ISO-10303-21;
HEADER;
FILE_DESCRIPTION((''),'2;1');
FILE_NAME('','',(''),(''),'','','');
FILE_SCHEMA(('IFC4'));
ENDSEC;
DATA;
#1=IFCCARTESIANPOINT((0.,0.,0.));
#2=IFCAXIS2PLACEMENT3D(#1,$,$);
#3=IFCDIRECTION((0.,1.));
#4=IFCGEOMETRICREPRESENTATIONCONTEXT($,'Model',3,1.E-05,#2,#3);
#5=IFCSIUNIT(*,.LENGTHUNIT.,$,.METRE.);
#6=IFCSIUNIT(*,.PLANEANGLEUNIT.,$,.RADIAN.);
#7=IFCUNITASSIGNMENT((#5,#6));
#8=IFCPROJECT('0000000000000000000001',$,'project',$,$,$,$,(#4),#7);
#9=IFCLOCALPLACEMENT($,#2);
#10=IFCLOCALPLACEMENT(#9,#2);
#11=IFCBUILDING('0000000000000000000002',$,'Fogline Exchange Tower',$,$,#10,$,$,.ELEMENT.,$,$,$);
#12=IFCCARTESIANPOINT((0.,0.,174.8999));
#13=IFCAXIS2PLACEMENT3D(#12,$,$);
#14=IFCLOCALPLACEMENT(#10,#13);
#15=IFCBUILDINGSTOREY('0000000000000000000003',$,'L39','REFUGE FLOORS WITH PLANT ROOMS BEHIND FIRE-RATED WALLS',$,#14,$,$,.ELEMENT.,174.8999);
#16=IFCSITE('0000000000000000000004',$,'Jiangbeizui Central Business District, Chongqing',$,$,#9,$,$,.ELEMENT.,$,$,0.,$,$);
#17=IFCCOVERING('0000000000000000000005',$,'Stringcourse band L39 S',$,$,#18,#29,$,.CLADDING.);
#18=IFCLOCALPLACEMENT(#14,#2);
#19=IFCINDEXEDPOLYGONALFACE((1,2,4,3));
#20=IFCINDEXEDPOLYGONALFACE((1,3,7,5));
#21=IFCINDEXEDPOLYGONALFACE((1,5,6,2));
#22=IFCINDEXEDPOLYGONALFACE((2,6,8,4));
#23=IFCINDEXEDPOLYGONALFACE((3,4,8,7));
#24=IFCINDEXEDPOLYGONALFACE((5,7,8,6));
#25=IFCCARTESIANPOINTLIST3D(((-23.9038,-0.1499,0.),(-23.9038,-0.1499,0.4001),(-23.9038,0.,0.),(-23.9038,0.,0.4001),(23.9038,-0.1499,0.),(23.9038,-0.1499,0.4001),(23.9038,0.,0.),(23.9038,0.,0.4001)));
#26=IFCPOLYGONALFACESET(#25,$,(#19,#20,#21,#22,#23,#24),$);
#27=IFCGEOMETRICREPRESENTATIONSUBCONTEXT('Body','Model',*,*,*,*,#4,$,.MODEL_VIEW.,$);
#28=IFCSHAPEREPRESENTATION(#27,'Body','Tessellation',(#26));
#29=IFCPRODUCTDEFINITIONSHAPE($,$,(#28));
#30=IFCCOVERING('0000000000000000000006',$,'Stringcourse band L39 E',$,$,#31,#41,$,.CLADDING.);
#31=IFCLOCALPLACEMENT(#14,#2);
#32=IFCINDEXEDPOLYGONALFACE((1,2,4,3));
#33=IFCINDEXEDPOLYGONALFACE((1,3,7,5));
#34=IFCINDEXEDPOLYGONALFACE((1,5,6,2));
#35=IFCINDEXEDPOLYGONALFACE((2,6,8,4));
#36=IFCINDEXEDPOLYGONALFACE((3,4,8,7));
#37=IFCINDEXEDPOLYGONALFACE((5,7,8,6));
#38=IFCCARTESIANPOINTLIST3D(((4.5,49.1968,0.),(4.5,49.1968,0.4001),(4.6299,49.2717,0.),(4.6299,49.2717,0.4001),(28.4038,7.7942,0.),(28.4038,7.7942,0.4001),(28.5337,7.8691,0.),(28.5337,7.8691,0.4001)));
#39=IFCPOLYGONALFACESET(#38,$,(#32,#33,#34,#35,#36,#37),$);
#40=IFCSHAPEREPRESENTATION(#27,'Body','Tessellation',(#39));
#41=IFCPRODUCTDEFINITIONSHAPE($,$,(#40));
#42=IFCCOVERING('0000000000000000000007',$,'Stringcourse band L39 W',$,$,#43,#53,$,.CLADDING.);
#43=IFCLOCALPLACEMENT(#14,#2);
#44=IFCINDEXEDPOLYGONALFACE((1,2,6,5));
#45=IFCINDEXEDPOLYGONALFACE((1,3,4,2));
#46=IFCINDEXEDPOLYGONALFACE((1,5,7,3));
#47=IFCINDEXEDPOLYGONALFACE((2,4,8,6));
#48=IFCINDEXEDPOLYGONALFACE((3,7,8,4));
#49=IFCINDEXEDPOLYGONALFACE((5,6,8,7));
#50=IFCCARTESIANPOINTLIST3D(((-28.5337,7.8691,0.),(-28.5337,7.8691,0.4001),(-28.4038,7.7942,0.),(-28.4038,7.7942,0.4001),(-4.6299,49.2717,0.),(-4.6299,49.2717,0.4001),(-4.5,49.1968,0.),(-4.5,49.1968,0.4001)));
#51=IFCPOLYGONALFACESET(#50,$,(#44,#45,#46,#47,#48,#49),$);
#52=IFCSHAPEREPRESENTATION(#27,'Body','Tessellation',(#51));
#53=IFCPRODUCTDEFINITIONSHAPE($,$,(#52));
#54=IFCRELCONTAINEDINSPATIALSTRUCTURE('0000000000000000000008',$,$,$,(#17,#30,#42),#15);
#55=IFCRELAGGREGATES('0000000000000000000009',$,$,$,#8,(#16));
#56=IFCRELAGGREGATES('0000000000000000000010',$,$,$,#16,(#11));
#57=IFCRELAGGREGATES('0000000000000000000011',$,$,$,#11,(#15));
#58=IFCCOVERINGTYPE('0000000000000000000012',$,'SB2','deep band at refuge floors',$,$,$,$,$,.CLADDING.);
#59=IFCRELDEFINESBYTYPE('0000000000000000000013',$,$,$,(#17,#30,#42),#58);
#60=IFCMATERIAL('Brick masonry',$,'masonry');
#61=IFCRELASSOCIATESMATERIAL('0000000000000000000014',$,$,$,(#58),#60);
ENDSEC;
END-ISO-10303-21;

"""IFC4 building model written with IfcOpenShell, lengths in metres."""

from ifc_helpers import new_model, si_unit, direction, frame, origin, place, context, subcontext, project, spatial, polyline, outline, extrude, material, type_object, element, save


model = new_model("IFC4")

# Units and contexts
model_context = context("Model", 3, precision=1e-05, world=origin(), true_north=direction((0.0, 1.0)))
body_context = subcontext(model_context, "Body", "Model", "MODEL_VIEW")
ifc_project = project(units=[si_unit("LENGTHUNIT", "METRE"), si_unit("PLANEANGLEUNIT", "RADIAN")], contexts=[model_context])

# Site, building, storey
site_placement = place(None, origin())
site = spatial("IfcSite", under=ifc_project, at=site_placement, Name="Jiangbeizui Central Business District, Chongqing", CompositionType="ELEMENT", RefElevation=0.0)
building_placement = place(site_placement, origin())
building = spatial("IfcBuilding", under=site, at=building_placement, Name="Fogline Exchange Tower", CompositionType="ELEMENT")
storey_placement = place(building_placement, frame((0.0, 0.0, 174.8999)))
storey = spatial("IfcBuildingStorey", under=building, at=storey_placement, Name="L39", Description="REFUGE FLOORS WITH PLANT ROOMS BEHIND FIRE-RATED WALLS", CompositionType="ELEMENT", Elevation=174.8999)

# Shared definitions
ifc_material_1 = material(Name="Brick masonry", Category="masonry")

# Coverings
covering_type_1 = type_object("IfcCoveringType", Name="SB2", Description="deep band at refuge floors", PredefinedType="CLADDING", material=ifc_material_1)
covering_1_placement = place(storey_placement, origin())
element("IfcCovering", 1, at=covering_1_placement, inside=storey, type_object=covering_type_1, Name="Stringcourse band L39 S", PredefinedType="CLADDING", context=body_context, shape_type="SweptSolid", body=[
    extrude(outline(polyline([(-23.9038, 0.0), (-23.9038, -0.1499), (23.9038, -0.1499), (23.9038, 0.0), (-23.9038, 0.0)])), origin(), (0.0, 0.0, 1.0), 0.4001),
])
covering_2_placement = place(storey_placement, origin())
element("IfcCovering", 2, at=covering_2_placement, inside=storey, type_object=covering_type_1, Name="Stringcourse band L39 E", PredefinedType="CLADDING", context=body_context, shape_type="SweptSolid", body=[
    extrude(outline(polyline([(28.4038, 7.7942), (28.5337, 7.8691), (4.6299, 49.2717), (4.5, 49.1968), (28.4038, 7.7942)])), origin(), (0.0, 0.0, 1.0), 0.4001),
])
covering_3_placement = place(storey_placement, origin())
element("IfcCovering", 3, at=covering_3_placement, inside=storey, type_object=covering_type_1, Name="Stringcourse band L39 W", PredefinedType="CLADDING", context=body_context, shape_type="SweptSolid", body=[
    extrude(outline(polyline([(-4.5, 49.1968), (-4.6299, 49.2717), (-28.5337, 7.8691), (-28.4038, 7.7942), (-4.5, 49.1968)])), origin(), (0.0, 0.0, 1.0), 0.4001),
])

save(model, "model.ifc")
